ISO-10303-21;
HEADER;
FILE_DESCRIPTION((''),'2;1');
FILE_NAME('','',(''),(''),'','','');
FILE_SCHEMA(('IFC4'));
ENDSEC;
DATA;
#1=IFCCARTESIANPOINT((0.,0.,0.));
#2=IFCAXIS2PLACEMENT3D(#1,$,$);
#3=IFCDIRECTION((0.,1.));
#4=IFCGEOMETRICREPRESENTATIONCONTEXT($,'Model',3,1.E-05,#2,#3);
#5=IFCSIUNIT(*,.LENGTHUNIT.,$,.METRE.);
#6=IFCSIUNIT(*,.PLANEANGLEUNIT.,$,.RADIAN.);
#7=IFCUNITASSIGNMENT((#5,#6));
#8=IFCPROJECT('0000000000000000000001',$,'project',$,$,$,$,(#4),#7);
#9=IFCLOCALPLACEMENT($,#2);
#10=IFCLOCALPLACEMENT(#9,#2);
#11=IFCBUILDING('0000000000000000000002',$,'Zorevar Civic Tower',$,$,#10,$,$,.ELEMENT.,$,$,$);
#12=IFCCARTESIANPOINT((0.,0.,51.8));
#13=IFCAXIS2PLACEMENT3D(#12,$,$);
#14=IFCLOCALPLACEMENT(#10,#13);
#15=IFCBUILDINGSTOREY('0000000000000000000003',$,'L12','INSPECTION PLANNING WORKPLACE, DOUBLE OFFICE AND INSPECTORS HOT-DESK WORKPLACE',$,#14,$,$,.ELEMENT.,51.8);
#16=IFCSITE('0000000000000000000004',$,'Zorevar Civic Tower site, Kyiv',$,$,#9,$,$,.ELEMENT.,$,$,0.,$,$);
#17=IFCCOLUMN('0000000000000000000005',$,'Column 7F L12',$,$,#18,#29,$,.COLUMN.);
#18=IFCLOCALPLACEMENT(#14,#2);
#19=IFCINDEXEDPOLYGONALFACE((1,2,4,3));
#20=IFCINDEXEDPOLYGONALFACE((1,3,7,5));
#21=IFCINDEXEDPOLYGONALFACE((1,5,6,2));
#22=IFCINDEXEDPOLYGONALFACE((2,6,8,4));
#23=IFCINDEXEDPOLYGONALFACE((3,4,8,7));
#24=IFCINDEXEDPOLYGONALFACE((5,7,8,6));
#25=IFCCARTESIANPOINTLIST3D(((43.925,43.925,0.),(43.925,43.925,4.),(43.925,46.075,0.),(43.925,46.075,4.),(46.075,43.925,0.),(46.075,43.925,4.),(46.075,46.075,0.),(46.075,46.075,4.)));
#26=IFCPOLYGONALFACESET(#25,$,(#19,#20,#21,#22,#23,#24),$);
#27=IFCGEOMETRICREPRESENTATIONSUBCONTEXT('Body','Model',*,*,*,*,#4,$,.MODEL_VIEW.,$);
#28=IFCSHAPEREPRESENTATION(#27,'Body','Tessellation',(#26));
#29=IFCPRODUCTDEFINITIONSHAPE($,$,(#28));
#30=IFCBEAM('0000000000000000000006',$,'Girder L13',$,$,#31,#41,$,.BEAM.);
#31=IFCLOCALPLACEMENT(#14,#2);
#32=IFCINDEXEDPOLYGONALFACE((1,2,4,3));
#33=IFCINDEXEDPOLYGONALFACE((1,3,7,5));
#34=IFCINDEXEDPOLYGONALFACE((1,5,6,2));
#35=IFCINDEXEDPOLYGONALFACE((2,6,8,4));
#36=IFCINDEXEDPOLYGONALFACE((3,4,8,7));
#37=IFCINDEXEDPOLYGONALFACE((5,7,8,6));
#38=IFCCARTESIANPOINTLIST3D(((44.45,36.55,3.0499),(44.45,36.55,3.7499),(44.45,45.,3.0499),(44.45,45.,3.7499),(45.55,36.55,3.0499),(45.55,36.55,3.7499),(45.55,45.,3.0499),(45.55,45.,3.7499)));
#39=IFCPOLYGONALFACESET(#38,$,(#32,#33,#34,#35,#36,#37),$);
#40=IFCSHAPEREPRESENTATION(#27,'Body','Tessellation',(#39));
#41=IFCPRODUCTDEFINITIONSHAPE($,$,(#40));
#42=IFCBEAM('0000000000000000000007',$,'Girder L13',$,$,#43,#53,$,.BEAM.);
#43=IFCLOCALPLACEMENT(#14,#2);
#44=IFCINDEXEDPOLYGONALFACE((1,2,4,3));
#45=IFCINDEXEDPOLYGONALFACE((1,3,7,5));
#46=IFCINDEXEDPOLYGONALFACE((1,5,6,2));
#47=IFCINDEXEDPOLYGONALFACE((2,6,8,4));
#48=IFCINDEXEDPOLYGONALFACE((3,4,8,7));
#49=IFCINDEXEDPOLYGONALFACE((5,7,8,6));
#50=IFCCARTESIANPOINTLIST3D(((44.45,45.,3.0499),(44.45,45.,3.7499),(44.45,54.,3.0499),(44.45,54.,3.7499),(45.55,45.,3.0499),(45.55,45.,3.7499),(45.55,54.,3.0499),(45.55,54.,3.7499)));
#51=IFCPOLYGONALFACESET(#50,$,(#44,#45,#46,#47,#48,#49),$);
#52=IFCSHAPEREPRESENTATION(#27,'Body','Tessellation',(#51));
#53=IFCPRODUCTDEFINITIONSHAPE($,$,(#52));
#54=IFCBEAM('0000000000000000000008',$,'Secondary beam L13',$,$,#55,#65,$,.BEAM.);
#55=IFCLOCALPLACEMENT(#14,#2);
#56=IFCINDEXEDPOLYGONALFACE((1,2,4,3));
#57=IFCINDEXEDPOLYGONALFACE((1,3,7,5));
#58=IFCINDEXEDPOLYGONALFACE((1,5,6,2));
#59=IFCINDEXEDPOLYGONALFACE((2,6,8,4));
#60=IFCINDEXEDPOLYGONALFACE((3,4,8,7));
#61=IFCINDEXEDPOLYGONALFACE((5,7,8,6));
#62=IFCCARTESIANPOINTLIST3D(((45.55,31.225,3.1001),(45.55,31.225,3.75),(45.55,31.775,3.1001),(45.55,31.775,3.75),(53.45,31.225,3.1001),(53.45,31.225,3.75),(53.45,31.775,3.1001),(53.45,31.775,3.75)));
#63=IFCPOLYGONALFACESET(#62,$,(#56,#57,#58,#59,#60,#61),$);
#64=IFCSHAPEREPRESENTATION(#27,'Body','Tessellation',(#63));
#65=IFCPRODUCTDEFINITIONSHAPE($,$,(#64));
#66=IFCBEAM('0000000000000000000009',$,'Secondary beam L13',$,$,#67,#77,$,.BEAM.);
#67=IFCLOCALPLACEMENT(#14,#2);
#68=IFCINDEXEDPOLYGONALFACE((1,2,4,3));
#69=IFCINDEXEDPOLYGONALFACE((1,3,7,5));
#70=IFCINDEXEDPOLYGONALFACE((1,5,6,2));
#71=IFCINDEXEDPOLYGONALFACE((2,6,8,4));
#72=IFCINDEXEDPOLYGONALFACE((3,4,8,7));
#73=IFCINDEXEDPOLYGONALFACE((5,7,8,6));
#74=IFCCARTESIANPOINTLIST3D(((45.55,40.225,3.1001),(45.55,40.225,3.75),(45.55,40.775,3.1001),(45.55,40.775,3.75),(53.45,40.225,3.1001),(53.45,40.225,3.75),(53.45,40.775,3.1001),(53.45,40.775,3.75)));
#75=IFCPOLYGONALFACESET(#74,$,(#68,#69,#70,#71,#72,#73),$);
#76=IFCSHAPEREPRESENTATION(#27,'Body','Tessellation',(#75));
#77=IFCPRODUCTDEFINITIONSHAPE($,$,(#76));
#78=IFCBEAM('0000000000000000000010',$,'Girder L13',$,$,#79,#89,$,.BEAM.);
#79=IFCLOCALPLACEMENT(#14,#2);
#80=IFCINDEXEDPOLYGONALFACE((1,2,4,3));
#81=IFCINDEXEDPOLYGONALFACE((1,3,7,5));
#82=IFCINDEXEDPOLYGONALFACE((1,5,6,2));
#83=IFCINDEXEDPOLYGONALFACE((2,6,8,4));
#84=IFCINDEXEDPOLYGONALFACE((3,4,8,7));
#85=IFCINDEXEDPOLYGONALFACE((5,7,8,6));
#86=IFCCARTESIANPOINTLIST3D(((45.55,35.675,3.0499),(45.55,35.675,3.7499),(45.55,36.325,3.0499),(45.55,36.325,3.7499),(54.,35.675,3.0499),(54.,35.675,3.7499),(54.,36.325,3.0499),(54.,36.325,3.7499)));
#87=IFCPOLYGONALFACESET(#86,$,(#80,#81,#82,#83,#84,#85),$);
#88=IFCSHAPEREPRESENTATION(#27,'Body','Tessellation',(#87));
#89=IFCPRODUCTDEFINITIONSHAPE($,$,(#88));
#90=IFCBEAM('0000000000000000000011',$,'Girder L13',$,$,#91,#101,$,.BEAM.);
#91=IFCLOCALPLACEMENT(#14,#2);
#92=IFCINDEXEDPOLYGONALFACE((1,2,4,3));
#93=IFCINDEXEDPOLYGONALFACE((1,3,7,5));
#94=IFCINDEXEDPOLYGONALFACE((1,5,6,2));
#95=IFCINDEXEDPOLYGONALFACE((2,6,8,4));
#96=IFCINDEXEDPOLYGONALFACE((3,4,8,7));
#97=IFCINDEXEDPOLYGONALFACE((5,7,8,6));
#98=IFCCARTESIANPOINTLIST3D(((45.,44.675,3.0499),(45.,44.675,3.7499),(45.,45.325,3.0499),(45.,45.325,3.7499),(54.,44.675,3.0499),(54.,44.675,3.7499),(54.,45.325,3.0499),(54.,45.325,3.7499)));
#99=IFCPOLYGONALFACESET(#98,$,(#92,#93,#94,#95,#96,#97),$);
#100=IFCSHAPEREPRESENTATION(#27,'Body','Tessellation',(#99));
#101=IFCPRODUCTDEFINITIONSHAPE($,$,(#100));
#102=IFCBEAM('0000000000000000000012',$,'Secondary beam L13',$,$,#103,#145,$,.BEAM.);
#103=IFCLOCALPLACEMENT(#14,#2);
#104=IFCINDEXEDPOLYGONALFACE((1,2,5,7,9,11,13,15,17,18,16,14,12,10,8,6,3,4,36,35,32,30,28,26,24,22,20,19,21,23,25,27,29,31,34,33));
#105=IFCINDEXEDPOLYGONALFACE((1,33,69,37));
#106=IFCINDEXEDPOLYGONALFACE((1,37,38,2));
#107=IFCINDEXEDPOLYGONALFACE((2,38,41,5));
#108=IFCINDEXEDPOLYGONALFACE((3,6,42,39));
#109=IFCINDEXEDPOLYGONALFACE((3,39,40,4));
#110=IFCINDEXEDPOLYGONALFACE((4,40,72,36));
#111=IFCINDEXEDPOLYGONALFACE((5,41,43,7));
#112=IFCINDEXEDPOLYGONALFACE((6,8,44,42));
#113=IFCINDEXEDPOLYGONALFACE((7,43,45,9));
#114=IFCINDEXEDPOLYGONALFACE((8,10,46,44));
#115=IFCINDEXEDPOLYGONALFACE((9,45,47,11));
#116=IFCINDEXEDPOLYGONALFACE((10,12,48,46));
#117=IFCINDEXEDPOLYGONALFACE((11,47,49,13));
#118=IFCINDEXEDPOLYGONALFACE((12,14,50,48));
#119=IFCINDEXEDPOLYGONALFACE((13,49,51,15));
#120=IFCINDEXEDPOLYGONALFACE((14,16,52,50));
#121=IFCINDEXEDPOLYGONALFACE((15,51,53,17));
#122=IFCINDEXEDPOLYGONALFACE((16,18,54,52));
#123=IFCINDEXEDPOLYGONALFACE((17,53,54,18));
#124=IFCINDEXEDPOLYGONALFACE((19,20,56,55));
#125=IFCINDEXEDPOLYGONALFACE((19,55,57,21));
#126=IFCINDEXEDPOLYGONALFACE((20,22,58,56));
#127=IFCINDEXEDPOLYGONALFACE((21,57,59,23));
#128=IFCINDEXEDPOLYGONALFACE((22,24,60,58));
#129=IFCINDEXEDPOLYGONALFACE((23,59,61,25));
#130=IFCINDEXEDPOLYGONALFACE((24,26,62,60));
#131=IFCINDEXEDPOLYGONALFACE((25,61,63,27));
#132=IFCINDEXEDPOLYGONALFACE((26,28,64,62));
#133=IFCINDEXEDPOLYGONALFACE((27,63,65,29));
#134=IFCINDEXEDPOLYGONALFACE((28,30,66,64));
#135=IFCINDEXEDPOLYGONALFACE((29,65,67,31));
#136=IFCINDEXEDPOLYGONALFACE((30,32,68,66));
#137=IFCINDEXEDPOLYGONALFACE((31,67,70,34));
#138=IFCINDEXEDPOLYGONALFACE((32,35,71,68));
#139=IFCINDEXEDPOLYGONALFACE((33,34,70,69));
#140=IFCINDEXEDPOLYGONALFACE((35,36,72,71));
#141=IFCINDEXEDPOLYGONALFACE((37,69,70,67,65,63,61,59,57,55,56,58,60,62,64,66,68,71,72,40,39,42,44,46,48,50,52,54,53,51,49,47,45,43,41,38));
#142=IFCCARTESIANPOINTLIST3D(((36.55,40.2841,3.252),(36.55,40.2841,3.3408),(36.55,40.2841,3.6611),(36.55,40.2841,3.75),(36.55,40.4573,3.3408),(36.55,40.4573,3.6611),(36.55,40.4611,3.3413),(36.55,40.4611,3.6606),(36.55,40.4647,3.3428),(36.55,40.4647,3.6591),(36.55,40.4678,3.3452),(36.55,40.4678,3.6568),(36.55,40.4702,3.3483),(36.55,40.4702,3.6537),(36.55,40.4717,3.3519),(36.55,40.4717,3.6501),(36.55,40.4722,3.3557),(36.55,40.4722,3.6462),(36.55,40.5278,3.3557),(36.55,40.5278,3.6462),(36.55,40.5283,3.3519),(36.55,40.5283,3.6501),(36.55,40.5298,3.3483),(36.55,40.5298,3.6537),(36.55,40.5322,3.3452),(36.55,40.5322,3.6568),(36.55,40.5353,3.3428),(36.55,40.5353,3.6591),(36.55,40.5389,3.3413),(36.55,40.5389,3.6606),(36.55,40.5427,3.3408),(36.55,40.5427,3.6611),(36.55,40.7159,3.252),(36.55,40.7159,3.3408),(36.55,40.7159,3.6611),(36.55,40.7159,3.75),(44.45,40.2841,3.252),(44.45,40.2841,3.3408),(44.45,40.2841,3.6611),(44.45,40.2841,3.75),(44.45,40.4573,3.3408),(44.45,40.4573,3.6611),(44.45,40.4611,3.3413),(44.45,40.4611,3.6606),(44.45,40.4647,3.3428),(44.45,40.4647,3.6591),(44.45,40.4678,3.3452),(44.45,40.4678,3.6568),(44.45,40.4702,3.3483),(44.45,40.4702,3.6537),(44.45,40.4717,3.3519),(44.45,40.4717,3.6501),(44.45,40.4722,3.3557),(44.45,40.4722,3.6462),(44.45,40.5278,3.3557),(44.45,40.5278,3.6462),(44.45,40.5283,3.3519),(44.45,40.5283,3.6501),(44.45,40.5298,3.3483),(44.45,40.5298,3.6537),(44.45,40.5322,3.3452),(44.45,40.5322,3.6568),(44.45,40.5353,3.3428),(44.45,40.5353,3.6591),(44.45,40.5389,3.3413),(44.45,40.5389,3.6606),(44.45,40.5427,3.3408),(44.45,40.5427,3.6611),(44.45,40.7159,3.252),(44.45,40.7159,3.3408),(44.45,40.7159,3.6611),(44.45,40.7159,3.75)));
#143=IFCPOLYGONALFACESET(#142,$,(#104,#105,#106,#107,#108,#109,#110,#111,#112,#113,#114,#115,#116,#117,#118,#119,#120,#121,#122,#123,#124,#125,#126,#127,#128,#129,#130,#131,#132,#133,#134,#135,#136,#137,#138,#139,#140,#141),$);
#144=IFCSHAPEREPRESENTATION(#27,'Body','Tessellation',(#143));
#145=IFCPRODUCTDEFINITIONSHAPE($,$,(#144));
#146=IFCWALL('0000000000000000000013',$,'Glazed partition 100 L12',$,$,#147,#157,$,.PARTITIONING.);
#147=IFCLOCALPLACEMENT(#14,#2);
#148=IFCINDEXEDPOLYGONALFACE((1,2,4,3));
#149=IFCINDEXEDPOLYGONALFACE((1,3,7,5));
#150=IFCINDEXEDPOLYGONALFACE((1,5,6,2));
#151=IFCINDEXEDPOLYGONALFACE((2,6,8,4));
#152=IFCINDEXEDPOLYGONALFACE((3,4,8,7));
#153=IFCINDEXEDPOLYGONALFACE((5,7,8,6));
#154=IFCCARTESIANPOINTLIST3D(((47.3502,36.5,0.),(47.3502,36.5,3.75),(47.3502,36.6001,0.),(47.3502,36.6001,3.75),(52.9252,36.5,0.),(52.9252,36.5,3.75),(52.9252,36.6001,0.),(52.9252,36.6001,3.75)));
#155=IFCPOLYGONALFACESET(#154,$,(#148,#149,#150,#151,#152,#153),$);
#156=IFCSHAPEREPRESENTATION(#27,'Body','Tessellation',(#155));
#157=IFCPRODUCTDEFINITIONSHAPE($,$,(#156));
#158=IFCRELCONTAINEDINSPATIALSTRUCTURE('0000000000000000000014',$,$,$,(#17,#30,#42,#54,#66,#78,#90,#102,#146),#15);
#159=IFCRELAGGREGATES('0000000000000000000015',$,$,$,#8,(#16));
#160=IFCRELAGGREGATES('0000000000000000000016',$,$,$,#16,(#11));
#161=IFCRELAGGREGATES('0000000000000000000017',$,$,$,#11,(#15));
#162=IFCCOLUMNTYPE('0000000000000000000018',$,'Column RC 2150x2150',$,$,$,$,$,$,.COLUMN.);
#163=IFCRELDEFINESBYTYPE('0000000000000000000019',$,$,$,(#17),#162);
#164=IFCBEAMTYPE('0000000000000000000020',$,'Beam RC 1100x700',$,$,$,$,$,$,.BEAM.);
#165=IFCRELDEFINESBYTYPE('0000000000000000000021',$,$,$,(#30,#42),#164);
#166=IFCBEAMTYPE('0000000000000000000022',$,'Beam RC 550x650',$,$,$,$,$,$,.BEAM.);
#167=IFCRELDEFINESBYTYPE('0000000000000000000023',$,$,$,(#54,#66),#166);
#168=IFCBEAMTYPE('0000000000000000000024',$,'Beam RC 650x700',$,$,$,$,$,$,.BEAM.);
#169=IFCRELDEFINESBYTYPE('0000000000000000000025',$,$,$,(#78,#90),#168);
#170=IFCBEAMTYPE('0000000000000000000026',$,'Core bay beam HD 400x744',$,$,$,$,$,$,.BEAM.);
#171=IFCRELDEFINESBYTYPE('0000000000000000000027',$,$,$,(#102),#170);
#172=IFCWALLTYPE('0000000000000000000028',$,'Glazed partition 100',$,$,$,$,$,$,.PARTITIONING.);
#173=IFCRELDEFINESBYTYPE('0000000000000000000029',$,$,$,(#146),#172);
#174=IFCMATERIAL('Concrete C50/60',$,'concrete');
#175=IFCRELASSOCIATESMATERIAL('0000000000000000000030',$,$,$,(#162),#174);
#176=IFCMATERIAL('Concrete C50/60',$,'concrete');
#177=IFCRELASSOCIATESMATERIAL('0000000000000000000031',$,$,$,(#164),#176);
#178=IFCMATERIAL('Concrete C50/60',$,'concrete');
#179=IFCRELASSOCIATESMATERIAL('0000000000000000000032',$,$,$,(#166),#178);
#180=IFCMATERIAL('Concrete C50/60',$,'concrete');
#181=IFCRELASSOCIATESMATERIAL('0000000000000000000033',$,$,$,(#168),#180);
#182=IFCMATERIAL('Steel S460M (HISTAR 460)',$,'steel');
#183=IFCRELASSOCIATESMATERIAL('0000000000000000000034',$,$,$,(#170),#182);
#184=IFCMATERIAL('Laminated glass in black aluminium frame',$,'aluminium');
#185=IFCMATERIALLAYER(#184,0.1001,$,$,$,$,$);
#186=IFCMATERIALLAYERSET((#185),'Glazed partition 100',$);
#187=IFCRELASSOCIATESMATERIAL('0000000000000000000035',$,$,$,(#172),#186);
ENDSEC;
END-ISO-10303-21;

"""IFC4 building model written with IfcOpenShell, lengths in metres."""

from ifc_helpers import new_model, si_unit, direction, frame, frame_2d, origin, origin_2d, place, context, subcontext, project, spatial, rectangle, i_section, extrude, material, layer, layer_set, material_profile, profile_set, type_object, element, save


model = new_model("IFC4")

# Units and contexts
model_context = context("Model", 3, precision=1e-05, world=origin(), true_north=direction((0.0, 1.0)))
body_context = subcontext(model_context, "Body", "Model", "MODEL_VIEW")
ifc_project = project(units=[si_unit("LENGTHUNIT", "METRE"), si_unit("PLANEANGLEUNIT", "RADIAN")], contexts=[model_context])

# Site, building, storey
site_placement = place(None, origin())
site = spatial("IfcSite", under=ifc_project, at=site_placement, Name="Zorevar Civic Tower site, Kyiv", CompositionType="ELEMENT", RefElevation=0.0)
building_placement = place(site_placement, origin())
building = spatial("IfcBuilding", under=site, at=building_placement, Name="Zorevar Civic Tower", CompositionType="ELEMENT")
storey_placement = place(building_placement, frame((0.0, 0.0, 51.8)))
storey = spatial("IfcBuildingStorey", under=building, at=storey_placement, Name="L12", Description="INSPECTION PLANNING WORKPLACE, DOUBLE OFFICE AND INSPECTORS HOT-DESK WORKPLACE", CompositionType="ELEMENT", Elevation=51.8)

# Column
ifc_material_1 = material(Name="Concrete C50/60", Category="concrete")
ifc_material_profile_1 = material_profile(ifc_material_1, rectangle(XDim=2.1499, YDim=2.1499, at=origin_2d()), Name="RC 2150x2150")
ifc_profile_set_1 = profile_set([ifc_material_profile_1], Name="Concrete C50/60")
column_type = type_object("IfcColumnType", Name="Column RC 2150x2150", PredefinedType="COLUMN", material=ifc_profile_set_1)
column_placement = place(storey_placement, frame((45.0, 45.0, 0.0), z_axis=(0.0, 0.0, 1.0), x_axis=(1.0, 0.0, 0.0)))
element("IfcColumn", 1, at=column_placement, inside=storey, type_object=column_type, Name="Column 7F L12", PredefinedType="COLUMN", context=body_context, shape_type="SweptSolid", body=[
    extrude(rectangle(XDim=2.1499, YDim=2.1499, at=origin_2d()), origin(), (0.0, 0.0, 1.0), 4.0),
])

# Beams
ifc_material_2 = material(Name="Concrete C50/60", Category="concrete")
ifc_material_profile_2 = material_profile(ifc_material_2, rectangle(XDim=1.1001, YDim=0.7, at=origin_2d()), Name="RC 1100x700")
ifc_profile_set_2 = profile_set([ifc_material_profile_2], Name="Concrete C50/60")
beam_type_1 = type_object("IfcBeamType", Name="Beam RC 1100x700", PredefinedType="BEAM", material=ifc_profile_set_2)
beam_1_placement = place(storey_placement, frame((45.0, 36.55, 3.3999), z_axis=(0.0, 1.0, 0.0), x_axis=(-1.0, 0.0, 0.0)))
element("IfcBeam", 2, at=beam_1_placement, inside=storey, type_object=beam_type_1, Name="Girder L13", PredefinedType="BEAM", context=body_context, shape_type="SweptSolid", body=[
    extrude(rectangle(XDim=1.1001, YDim=0.7, at=origin_2d()), origin(), (0.0, 0.0, 1.0), 8.45),
])
beam_2_placement = place(storey_placement, frame((45.0, 45.0, 3.3999), z_axis=(0.0, 1.0, 0.0), x_axis=(-1.0, 0.0, 0.0)))
element("IfcBeam", 3, at=beam_2_placement, inside=storey, type_object=beam_type_1, Name="Girder L13", PredefinedType="BEAM", context=body_context, shape_type="SweptSolid", body=[
    extrude(rectangle(XDim=1.1001, YDim=0.7, at=origin_2d()), origin(), (0.0, 0.0, 1.0), 9.0),
])
ifc_material_3 = material(Name="Concrete C50/60", Category="concrete")
ifc_material_profile_3 = material_profile(ifc_material_3, rectangle(XDim=0.55, YDim=0.6499, at=origin_2d()), Name="RC 550x650")
ifc_profile_set_3 = profile_set([ifc_material_profile_3], Name="Concrete C50/60")
beam_type_2 = type_object("IfcBeamType", Name="Beam RC 550x650", PredefinedType="BEAM", material=ifc_profile_set_3)
for number, where, z_axis, x_axis, name in (
    (4, (45.55, 31.5, 3.425), (1.0, 0.0, 0.0), (0.0, 1.0, 0.0), "Secondary beam L13"),
    (5, (45.55, 40.5, 3.425), (1.0, 0.0, 0.0), (0.0, 1.0, 0.0), "Secondary beam L13"),
):
    element("IfcBeam", number, at=place(storey_placement, frame(where, z_axis=z_axis, x_axis=x_axis)), inside=storey, type_object=beam_type_2, Name=name, PredefinedType="BEAM", context=body_context, shape_type="SweptSolid", body=[
        extrude(rectangle(XDim=0.55, YDim=0.6499, at=origin_2d()), origin(), (0.0, 0.0, 1.0), 7.8999),
    ])
ifc_material_4 = material(Name="Concrete C50/60", Category="concrete")
ifc_material_profile_4 = material_profile(ifc_material_4, rectangle(XDim=0.6499, YDim=0.7, at=origin_2d()), Name="RC 650x700")
ifc_profile_set_4 = profile_set([ifc_material_profile_4], Name="Concrete C50/60")
beam_type_3 = type_object("IfcBeamType", Name="Beam RC 650x700", PredefinedType="BEAM", material=ifc_profile_set_4)
beam_3_placement = place(storey_placement, frame((45.55, 36.0, 3.3999), z_axis=(1.0, 0.0, 0.0), x_axis=(0.0, 1.0, 0.0)))
element("IfcBeam", 6, at=beam_3_placement, inside=storey, type_object=beam_type_3, Name="Girder L13", PredefinedType="BEAM", context=body_context, shape_type="SweptSolid", body=[
    extrude(rectangle(XDim=0.6499, YDim=0.7, at=origin_2d()), origin(), (0.0, 0.0, 1.0), 8.45),
])
beam_4_placement = place(storey_placement, frame((45.0, 45.0, 3.3999), z_axis=(1.0, 0.0, 0.0), x_axis=(0.0, 1.0, 0.0)))
element("IfcBeam", 7, at=beam_4_placement, inside=storey, type_object=beam_type_3, Name="Girder L13", PredefinedType="BEAM", context=body_context, shape_type="SweptSolid", body=[
    extrude(rectangle(XDim=0.6499, YDim=0.7, at=origin_2d()), origin(), (0.0, 0.0, 1.0), 9.0),
])
ifc_material_5 = material(Name="Steel S460M (HISTAR 460)", Category="steel")
ifc_material_profile_5 = material_profile(ifc_material_5, i_section(OverallWidth=0.4319, OverallDepth=0.498, WebThickness=0.0557, FlangeThickness=0.0889, FilletRadius=0.0149, at=origin_2d()), Name="HD 400x744")
ifc_profile_set_5 = profile_set([ifc_material_profile_5], Name="Steel S460M (HISTAR 460)")
beam_type_4 = type_object("IfcBeamType", Name="Core bay beam HD 400x744", PredefinedType="BEAM", material=ifc_profile_set_5)
beam_5_placement = place(storey_placement, frame((36.55, 40.5, 3.501), z_axis=(1.0, 0.0, 0.0), x_axis=(0.0, 1.0, 0.0)))
element("IfcBeam", 8, at=beam_5_placement, inside=storey, type_object=beam_type_4, Name="Secondary beam L13", PredefinedType="BEAM", context=body_context, shape_type="SweptSolid", body=[
    extrude(i_section(OverallWidth=0.4319, OverallDepth=0.498, WebThickness=0.0557, FlangeThickness=0.0889, FilletRadius=0.0149, at=origin_2d()), origin(), (0.0, 0.0, 1.0), 7.8999),
])

# Wall
ifc_material_6 = material(Name="Laminated glass in black aluminium frame", Category="aluminium")
ifc_layer_1 = layer(ifc_material_6, 0.1001)
ifc_layer_set_1 = layer_set([ifc_layer_1], Name="Glazed partition 100")
wall_type_1 = type_object("IfcWallType", Name="Glazed partition 100", PredefinedType="PARTITIONING", material=ifc_layer_set_1)
wall_1_placement = place(storey_placement, frame((47.3501, 36.55, 0.0), z_axis=(0.0, 0.0, 1.0), x_axis=(1.0, 0.0, 0.0)))
element("IfcWall", 9, at=wall_1_placement, inside=storey, type_object=wall_type_1, Name="Glazed partition 100 L12", PredefinedType="PARTITIONING", context=body_context, shape_type="SweptSolid", body=[
    extrude(rectangle(XDim=5.575, YDim=0.1001, at=frame_2d((2.7876, 0.0))), origin(), (0.0, 0.0, 1.0), 3.75),
])

save(model, "model.ifc")
